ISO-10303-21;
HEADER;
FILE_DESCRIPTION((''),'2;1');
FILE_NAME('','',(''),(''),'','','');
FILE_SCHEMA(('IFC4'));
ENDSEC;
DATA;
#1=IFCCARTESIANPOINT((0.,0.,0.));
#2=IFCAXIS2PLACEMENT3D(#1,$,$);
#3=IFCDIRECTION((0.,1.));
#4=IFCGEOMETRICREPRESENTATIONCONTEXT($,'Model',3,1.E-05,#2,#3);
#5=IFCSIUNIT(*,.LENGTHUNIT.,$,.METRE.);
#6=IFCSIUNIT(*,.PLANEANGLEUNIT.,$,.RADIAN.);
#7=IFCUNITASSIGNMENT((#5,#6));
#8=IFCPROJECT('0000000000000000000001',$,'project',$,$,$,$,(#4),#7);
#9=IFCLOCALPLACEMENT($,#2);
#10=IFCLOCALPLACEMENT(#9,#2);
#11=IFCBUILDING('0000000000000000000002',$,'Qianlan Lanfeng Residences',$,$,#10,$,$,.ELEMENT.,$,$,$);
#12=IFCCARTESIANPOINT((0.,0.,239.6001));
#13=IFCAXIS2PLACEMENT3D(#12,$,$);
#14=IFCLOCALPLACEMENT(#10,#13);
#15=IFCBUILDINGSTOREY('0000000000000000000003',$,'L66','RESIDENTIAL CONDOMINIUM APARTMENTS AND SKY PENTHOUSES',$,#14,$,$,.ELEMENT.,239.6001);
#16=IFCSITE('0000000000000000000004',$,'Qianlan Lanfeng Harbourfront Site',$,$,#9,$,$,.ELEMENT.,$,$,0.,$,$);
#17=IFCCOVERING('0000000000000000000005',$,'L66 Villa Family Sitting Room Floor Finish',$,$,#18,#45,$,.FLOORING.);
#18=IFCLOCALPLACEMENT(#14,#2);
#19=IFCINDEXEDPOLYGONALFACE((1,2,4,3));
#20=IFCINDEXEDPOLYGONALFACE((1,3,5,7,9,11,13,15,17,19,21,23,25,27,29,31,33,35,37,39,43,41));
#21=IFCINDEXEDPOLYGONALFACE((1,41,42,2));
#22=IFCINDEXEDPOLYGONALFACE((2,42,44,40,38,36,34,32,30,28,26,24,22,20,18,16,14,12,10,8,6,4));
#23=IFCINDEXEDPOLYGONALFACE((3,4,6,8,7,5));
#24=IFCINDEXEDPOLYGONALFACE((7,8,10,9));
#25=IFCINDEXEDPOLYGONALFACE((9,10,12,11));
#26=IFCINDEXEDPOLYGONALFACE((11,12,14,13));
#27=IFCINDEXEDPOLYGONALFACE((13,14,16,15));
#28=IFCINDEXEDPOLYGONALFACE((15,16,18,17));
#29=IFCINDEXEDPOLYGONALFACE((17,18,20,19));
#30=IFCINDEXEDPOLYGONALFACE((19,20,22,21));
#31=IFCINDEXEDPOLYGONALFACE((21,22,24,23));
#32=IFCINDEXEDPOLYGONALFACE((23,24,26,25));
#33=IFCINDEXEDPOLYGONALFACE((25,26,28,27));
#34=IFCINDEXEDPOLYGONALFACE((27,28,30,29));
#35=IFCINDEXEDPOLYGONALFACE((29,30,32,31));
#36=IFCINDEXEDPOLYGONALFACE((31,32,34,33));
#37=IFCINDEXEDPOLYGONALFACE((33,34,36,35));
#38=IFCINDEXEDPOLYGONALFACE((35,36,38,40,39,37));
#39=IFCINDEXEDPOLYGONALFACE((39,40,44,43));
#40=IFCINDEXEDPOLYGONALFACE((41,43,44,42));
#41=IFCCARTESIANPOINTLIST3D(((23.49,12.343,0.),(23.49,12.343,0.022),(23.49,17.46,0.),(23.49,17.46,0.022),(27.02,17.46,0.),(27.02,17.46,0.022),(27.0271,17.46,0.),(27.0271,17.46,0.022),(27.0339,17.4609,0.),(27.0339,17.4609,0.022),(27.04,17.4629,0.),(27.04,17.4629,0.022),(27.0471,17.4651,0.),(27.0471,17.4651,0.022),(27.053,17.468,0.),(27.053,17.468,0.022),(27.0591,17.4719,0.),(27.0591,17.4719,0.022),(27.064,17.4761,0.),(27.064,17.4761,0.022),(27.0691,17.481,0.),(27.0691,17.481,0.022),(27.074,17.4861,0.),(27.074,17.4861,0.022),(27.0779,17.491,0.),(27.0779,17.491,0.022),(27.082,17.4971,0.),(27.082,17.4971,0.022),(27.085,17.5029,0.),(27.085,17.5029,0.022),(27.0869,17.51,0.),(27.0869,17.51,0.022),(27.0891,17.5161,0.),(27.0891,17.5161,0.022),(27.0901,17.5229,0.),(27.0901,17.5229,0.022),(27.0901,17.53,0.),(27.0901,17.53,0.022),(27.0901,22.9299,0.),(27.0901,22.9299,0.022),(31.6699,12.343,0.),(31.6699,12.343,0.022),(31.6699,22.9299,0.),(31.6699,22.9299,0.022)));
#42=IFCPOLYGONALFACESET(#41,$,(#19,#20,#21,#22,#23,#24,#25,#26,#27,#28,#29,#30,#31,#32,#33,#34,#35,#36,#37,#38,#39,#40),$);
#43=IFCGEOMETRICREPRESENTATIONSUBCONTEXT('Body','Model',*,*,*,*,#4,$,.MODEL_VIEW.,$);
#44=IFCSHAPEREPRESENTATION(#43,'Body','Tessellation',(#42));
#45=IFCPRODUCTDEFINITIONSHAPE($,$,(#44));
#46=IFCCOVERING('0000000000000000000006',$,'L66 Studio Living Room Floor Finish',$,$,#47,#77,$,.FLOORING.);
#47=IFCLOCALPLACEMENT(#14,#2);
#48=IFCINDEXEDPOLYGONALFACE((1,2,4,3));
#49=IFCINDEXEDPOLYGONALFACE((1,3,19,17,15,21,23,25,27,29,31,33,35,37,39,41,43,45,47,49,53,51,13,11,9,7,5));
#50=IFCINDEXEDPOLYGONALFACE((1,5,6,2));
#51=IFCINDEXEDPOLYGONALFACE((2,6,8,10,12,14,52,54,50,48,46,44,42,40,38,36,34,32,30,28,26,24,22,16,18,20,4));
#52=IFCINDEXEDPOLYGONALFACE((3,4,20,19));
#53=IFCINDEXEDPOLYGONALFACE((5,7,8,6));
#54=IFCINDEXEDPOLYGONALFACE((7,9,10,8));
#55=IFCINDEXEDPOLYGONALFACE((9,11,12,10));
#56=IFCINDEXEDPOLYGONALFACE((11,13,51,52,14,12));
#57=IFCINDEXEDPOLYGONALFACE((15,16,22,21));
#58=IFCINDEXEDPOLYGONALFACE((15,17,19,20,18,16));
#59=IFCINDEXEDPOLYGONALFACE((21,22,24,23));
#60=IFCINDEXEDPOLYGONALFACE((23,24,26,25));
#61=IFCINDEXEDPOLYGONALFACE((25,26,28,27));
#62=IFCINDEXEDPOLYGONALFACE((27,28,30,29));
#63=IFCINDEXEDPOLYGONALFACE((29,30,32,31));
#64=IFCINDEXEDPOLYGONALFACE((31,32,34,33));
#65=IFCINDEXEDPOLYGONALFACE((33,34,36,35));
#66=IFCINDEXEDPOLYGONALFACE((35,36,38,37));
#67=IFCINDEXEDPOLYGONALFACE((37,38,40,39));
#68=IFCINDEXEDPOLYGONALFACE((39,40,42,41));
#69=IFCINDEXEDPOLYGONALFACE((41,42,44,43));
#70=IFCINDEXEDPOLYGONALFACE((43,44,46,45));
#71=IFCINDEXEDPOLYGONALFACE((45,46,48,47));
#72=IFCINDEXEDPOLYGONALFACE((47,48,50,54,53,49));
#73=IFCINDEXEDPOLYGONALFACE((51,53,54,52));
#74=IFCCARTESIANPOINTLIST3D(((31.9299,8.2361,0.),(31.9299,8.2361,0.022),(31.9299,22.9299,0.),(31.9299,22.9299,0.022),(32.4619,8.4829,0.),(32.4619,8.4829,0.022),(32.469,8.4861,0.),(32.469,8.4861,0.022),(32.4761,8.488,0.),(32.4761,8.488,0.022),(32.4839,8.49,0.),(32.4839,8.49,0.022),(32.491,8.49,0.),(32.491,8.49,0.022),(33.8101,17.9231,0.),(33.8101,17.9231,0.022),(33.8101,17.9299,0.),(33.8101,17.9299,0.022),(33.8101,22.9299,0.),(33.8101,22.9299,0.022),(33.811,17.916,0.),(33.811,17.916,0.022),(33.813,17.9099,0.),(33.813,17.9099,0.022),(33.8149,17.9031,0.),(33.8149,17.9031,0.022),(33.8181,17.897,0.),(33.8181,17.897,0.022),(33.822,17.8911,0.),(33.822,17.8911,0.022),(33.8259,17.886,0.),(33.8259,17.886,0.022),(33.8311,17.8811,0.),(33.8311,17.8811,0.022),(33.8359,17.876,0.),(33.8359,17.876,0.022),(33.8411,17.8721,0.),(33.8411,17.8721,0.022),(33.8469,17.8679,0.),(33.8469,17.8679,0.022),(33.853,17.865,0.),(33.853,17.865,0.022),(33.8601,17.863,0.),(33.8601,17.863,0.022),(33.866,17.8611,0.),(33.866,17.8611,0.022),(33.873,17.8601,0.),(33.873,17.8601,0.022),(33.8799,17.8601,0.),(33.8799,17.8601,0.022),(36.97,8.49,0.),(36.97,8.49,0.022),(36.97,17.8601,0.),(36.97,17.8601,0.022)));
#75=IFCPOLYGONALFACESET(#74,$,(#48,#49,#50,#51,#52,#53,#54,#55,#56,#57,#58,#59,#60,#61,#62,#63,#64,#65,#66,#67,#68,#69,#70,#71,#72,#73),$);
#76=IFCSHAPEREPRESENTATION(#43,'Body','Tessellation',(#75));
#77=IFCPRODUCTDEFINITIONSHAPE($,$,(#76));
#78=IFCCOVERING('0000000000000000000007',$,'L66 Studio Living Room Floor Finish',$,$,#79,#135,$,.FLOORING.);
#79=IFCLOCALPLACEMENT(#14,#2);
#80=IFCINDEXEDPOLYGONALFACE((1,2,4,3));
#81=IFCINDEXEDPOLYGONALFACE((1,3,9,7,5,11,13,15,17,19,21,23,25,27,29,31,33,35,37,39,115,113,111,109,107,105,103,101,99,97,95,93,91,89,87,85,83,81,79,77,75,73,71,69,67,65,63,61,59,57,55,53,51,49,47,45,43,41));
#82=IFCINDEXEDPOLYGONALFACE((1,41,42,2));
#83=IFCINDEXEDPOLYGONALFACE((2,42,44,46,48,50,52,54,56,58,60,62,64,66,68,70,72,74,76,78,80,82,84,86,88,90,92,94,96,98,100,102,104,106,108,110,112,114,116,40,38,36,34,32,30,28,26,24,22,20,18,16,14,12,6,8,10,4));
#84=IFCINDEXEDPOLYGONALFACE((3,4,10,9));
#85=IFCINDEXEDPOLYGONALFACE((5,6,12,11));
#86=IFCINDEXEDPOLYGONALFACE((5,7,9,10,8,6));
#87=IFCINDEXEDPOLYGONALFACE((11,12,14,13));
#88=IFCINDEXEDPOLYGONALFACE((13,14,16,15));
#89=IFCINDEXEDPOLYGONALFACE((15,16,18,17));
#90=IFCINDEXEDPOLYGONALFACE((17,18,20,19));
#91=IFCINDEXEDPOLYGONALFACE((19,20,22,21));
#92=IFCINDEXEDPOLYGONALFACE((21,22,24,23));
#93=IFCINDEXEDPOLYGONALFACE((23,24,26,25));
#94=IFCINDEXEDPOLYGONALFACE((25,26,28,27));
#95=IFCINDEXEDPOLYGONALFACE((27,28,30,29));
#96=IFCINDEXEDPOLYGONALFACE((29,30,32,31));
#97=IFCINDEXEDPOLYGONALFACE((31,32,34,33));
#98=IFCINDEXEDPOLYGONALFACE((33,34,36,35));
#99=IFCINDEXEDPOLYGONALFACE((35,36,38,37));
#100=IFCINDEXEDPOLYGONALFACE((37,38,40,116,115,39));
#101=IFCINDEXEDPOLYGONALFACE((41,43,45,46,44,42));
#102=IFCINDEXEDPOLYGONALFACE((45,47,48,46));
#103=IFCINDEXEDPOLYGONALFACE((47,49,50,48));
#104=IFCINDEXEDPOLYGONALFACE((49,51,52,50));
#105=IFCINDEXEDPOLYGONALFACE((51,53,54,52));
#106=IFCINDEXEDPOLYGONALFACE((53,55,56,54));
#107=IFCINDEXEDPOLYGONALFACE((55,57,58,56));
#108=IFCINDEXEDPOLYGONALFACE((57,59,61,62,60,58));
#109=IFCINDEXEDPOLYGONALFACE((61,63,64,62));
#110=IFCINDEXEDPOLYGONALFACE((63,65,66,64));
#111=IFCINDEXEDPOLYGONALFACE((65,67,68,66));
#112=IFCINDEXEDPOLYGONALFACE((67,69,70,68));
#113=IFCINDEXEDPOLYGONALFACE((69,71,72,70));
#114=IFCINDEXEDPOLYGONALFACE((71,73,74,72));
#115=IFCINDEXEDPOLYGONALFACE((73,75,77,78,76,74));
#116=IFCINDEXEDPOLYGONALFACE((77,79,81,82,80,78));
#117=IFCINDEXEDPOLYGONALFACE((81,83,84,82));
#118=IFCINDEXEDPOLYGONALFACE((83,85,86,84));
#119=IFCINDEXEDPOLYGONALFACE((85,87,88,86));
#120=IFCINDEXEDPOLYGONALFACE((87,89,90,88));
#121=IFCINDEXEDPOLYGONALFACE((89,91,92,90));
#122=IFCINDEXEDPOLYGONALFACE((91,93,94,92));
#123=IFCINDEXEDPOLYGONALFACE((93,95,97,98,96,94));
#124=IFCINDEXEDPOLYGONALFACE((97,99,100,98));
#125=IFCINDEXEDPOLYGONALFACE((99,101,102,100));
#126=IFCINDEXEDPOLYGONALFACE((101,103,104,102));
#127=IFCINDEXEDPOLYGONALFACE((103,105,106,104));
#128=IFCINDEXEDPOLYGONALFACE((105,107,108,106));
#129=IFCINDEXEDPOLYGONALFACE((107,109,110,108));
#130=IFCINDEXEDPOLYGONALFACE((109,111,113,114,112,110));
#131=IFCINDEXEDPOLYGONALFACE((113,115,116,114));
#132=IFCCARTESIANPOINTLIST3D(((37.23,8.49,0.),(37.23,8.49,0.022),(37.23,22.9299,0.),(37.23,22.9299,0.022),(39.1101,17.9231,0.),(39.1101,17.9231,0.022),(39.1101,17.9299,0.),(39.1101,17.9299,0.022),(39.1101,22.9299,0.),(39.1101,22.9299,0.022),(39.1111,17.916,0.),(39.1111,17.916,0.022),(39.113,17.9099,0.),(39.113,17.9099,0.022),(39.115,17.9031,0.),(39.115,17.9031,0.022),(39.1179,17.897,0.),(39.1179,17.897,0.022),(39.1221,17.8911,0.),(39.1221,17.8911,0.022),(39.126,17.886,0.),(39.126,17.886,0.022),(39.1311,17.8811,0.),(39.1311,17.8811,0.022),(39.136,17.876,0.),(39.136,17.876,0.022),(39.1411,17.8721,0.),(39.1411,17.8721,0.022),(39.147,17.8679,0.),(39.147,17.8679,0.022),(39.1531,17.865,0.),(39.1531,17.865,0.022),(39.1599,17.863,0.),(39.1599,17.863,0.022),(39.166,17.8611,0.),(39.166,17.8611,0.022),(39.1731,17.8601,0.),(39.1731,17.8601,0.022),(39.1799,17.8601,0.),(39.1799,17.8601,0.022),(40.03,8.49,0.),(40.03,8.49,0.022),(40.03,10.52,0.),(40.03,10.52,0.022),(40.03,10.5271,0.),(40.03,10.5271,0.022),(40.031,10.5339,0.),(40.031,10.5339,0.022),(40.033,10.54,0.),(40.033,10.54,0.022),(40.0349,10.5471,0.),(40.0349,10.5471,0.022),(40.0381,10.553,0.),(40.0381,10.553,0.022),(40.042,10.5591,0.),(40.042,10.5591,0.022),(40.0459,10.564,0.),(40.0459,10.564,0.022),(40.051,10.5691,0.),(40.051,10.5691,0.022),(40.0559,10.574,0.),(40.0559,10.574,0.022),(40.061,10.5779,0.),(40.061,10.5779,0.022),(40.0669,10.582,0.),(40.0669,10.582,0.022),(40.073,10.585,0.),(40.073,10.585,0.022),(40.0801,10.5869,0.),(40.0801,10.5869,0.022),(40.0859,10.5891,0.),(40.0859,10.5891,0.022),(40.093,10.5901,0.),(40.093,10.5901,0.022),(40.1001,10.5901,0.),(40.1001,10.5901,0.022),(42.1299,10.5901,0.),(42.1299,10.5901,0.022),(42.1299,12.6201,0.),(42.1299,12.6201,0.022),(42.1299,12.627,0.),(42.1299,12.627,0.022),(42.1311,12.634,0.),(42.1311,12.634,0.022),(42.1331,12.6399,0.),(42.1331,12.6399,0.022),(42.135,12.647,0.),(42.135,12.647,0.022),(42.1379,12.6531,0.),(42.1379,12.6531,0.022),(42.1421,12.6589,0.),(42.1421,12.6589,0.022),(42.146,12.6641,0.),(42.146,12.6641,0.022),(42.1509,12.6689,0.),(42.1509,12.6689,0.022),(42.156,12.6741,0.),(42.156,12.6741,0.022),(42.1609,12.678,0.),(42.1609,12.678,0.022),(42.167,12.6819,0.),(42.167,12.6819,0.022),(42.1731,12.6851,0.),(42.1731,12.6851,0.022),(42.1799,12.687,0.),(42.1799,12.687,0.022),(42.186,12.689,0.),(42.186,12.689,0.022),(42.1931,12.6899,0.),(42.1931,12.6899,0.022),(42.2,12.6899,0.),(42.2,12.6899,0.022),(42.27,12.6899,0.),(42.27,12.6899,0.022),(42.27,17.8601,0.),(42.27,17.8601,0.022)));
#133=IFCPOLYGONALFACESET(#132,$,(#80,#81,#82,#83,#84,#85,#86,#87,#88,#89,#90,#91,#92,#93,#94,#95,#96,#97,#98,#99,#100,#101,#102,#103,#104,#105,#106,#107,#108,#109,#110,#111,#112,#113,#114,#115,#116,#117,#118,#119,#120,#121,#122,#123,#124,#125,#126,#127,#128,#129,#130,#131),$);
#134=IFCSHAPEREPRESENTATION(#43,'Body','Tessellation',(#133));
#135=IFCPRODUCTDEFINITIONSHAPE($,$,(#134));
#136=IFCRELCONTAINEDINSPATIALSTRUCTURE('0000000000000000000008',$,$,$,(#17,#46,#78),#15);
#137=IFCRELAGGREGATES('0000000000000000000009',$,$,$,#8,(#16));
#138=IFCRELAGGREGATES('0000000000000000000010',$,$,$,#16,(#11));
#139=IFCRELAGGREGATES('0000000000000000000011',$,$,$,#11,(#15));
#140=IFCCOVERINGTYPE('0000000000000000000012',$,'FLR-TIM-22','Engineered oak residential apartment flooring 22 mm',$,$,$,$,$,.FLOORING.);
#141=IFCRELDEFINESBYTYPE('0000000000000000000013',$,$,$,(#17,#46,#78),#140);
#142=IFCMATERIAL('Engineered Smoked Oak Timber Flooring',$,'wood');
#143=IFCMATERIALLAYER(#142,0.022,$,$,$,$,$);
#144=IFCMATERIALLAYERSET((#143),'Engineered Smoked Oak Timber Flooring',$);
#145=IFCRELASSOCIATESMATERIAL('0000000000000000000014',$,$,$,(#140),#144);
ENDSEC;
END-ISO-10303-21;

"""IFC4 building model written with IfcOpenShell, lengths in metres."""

from ifc_helpers import new_model, si_unit, direction, frame, origin, place, context, subcontext, project, spatial, polyline, outline, extrude, material, layer, layer_set, type_object, element, save


model = new_model("IFC4")

# Units and contexts
model_context = context("Model", 3, precision=1e-05, world=origin(), true_north=direction((0.0, 1.0)))
body_context = subcontext(model_context, "Body", "Model", "MODEL_VIEW")
ifc_project = project(units=[si_unit("LENGTHUNIT", "METRE"), si_unit("PLANEANGLEUNIT", "RADIAN")], contexts=[model_context])

# Site, building, storey
site_placement = place(None, origin())
site = spatial("IfcSite", under=ifc_project, at=site_placement, Name="Qianlan Lanfeng Harbourfront Site", CompositionType="ELEMENT", RefElevation=0.0)
building_placement = place(site_placement, origin())
building = spatial("IfcBuilding", under=site, at=building_placement, Name="Qianlan Lanfeng Residences", CompositionType="ELEMENT")
storey_placement = place(building_placement, frame((0.0, 0.0, 239.6001)))
storey = spatial("IfcBuildingStorey", under=building, at=storey_placement, Name="L66", Description="RESIDENTIAL CONDOMINIUM APARTMENTS AND SKY PENTHOUSES", CompositionType="ELEMENT", Elevation=239.6001)

# Coverings
ifc_material_1 = material(Name="Engineered Smoked Oak Timber Flooring", Category="wood")
ifc_layer_1 = layer(ifc_material_1, 0.022)
ifc_layer_set_1 = layer_set([ifc_layer_1], Name="Engineered Smoked Oak Timber Flooring")
covering_type_1 = type_object("IfcCoveringType", Name="FLR-TIM-22", Description="Engineered oak residential apartment flooring 22 mm", PredefinedType="FLOORING", material=ifc_layer_set_1)
covering_1_placement = place(storey_placement, origin())
element("IfcCovering", 1, at=covering_1_placement, inside=storey, type_object=covering_type_1, Name="L66 Villa Family Sitting Room Floor Finish", PredefinedType="FLOORING", context=body_context, shape_type="SweptSolid", body=[
    extrude(outline(polyline([(23.49, 12.343), (31.6699, 12.343), (31.6699, 22.9299), (27.0901, 22.9299), (27.0901, 17.53), (27.0901, 17.5229), (27.0891, 17.5161), (27.0869, 17.51), (27.085, 17.5029), (27.082, 17.4971), (27.0779, 17.491), (27.074, 17.4861), (27.0691, 17.481), (27.064, 17.4761), (27.0591, 17.4719), (27.053, 17.468), (27.0471, 17.4651), (27.04, 17.4629), (27.0339, 17.4609), (27.0271, 17.46), (27.02, 17.46), (23.49, 17.46), (23.49, 12.343)])), origin(), (0.0, 0.0, 1.0), 0.022),
])
covering_2_placement = place(storey_placement, origin())
element("IfcCovering", 2, at=covering_2_placement, inside=storey, type_object=covering_type_1, Name="L66 Studio Living Room Floor Finish", PredefinedType="FLOORING", context=body_context, shape_type="SweptSolid", body=[
    extrude(outline(polyline([(36.97, 8.49), (36.97, 17.8601), (33.8799, 17.8601), (33.873, 17.8601), (33.866, 17.8611), (33.8601, 17.863), (33.853, 17.865), (33.8469, 17.8679), (33.8411, 17.8721), (33.8359, 17.876), (33.8311, 17.8811), (33.8259, 17.886), (33.822, 17.8911), (33.8181, 17.897), (33.8149, 17.9031), (33.813, 17.9099), (33.811, 17.916), (33.8101, 17.9231), (33.8101, 17.9299), (33.8101, 22.9299), (31.9299, 22.9299), (31.9299, 8.2361), (32.4619, 8.4829), (32.469, 8.4861), (32.4761, 8.488), (32.4839, 8.49), (32.491, 8.49), (36.97, 8.49)])), origin(), (0.0, 0.0, 1.0), 0.022),
])
covering_3_placement = place(storey_placement, origin())
element("IfcCovering", 3, at=covering_3_placement, inside=storey, type_object=covering_type_1, Name="L66 Studio Living Room Floor Finish", PredefinedType="FLOORING", context=body_context, shape_type="SweptSolid", body=[
    extrude(outline(polyline([(42.27, 12.6899), (42.27, 17.8601), (39.1799, 17.8601), (39.1731, 17.8601), (39.166, 17.8611), (39.1599, 17.863), (39.1531, 17.865), (39.147, 17.8679), (39.1411, 17.8721), (39.136, 17.876), (39.1311, 17.8811), (39.126, 17.886), (39.1221, 17.8911), (39.1179, 17.897), (39.115, 17.9031), (39.113, 17.9099), (39.1111, 17.916), (39.1101, 17.9231), (39.1101, 17.9299), (39.1101, 22.9299), (37.23, 22.9299), (37.23, 8.49), (40.03, 8.49), (40.03, 10.52), (40.03, 10.5271), (40.031, 10.5339), (40.033, 10.54), (40.0349, 10.5471), (40.0381, 10.553), (40.042, 10.5591), (40.0459, 10.564), (40.051, 10.5691), (40.0559, 10.574), (40.061, 10.5779), (40.0669, 10.582), (40.073, 10.585), (40.0801, 10.5869), (40.0859, 10.5891), (40.093, 10.5901), (40.1001, 10.5901), (42.1299, 10.5901), (42.1299, 12.6201), (42.1299, 12.627), (42.1311, 12.634), (42.1331, 12.6399), (42.135, 12.647), (42.1379, 12.6531), (42.1421, 12.6589), (42.146, 12.6641), (42.1509, 12.6689), (42.156, 12.6741), (42.1609, 12.678), (42.167, 12.6819), (42.1731, 12.6851), (42.1799, 12.687), (42.186, 12.689), (42.1931, 12.6899), (42.2, 12.6899), (42.27, 12.6899)])), origin(), (0.0, 0.0, 1.0), 0.022),
])

save(model, "model.ifc")
